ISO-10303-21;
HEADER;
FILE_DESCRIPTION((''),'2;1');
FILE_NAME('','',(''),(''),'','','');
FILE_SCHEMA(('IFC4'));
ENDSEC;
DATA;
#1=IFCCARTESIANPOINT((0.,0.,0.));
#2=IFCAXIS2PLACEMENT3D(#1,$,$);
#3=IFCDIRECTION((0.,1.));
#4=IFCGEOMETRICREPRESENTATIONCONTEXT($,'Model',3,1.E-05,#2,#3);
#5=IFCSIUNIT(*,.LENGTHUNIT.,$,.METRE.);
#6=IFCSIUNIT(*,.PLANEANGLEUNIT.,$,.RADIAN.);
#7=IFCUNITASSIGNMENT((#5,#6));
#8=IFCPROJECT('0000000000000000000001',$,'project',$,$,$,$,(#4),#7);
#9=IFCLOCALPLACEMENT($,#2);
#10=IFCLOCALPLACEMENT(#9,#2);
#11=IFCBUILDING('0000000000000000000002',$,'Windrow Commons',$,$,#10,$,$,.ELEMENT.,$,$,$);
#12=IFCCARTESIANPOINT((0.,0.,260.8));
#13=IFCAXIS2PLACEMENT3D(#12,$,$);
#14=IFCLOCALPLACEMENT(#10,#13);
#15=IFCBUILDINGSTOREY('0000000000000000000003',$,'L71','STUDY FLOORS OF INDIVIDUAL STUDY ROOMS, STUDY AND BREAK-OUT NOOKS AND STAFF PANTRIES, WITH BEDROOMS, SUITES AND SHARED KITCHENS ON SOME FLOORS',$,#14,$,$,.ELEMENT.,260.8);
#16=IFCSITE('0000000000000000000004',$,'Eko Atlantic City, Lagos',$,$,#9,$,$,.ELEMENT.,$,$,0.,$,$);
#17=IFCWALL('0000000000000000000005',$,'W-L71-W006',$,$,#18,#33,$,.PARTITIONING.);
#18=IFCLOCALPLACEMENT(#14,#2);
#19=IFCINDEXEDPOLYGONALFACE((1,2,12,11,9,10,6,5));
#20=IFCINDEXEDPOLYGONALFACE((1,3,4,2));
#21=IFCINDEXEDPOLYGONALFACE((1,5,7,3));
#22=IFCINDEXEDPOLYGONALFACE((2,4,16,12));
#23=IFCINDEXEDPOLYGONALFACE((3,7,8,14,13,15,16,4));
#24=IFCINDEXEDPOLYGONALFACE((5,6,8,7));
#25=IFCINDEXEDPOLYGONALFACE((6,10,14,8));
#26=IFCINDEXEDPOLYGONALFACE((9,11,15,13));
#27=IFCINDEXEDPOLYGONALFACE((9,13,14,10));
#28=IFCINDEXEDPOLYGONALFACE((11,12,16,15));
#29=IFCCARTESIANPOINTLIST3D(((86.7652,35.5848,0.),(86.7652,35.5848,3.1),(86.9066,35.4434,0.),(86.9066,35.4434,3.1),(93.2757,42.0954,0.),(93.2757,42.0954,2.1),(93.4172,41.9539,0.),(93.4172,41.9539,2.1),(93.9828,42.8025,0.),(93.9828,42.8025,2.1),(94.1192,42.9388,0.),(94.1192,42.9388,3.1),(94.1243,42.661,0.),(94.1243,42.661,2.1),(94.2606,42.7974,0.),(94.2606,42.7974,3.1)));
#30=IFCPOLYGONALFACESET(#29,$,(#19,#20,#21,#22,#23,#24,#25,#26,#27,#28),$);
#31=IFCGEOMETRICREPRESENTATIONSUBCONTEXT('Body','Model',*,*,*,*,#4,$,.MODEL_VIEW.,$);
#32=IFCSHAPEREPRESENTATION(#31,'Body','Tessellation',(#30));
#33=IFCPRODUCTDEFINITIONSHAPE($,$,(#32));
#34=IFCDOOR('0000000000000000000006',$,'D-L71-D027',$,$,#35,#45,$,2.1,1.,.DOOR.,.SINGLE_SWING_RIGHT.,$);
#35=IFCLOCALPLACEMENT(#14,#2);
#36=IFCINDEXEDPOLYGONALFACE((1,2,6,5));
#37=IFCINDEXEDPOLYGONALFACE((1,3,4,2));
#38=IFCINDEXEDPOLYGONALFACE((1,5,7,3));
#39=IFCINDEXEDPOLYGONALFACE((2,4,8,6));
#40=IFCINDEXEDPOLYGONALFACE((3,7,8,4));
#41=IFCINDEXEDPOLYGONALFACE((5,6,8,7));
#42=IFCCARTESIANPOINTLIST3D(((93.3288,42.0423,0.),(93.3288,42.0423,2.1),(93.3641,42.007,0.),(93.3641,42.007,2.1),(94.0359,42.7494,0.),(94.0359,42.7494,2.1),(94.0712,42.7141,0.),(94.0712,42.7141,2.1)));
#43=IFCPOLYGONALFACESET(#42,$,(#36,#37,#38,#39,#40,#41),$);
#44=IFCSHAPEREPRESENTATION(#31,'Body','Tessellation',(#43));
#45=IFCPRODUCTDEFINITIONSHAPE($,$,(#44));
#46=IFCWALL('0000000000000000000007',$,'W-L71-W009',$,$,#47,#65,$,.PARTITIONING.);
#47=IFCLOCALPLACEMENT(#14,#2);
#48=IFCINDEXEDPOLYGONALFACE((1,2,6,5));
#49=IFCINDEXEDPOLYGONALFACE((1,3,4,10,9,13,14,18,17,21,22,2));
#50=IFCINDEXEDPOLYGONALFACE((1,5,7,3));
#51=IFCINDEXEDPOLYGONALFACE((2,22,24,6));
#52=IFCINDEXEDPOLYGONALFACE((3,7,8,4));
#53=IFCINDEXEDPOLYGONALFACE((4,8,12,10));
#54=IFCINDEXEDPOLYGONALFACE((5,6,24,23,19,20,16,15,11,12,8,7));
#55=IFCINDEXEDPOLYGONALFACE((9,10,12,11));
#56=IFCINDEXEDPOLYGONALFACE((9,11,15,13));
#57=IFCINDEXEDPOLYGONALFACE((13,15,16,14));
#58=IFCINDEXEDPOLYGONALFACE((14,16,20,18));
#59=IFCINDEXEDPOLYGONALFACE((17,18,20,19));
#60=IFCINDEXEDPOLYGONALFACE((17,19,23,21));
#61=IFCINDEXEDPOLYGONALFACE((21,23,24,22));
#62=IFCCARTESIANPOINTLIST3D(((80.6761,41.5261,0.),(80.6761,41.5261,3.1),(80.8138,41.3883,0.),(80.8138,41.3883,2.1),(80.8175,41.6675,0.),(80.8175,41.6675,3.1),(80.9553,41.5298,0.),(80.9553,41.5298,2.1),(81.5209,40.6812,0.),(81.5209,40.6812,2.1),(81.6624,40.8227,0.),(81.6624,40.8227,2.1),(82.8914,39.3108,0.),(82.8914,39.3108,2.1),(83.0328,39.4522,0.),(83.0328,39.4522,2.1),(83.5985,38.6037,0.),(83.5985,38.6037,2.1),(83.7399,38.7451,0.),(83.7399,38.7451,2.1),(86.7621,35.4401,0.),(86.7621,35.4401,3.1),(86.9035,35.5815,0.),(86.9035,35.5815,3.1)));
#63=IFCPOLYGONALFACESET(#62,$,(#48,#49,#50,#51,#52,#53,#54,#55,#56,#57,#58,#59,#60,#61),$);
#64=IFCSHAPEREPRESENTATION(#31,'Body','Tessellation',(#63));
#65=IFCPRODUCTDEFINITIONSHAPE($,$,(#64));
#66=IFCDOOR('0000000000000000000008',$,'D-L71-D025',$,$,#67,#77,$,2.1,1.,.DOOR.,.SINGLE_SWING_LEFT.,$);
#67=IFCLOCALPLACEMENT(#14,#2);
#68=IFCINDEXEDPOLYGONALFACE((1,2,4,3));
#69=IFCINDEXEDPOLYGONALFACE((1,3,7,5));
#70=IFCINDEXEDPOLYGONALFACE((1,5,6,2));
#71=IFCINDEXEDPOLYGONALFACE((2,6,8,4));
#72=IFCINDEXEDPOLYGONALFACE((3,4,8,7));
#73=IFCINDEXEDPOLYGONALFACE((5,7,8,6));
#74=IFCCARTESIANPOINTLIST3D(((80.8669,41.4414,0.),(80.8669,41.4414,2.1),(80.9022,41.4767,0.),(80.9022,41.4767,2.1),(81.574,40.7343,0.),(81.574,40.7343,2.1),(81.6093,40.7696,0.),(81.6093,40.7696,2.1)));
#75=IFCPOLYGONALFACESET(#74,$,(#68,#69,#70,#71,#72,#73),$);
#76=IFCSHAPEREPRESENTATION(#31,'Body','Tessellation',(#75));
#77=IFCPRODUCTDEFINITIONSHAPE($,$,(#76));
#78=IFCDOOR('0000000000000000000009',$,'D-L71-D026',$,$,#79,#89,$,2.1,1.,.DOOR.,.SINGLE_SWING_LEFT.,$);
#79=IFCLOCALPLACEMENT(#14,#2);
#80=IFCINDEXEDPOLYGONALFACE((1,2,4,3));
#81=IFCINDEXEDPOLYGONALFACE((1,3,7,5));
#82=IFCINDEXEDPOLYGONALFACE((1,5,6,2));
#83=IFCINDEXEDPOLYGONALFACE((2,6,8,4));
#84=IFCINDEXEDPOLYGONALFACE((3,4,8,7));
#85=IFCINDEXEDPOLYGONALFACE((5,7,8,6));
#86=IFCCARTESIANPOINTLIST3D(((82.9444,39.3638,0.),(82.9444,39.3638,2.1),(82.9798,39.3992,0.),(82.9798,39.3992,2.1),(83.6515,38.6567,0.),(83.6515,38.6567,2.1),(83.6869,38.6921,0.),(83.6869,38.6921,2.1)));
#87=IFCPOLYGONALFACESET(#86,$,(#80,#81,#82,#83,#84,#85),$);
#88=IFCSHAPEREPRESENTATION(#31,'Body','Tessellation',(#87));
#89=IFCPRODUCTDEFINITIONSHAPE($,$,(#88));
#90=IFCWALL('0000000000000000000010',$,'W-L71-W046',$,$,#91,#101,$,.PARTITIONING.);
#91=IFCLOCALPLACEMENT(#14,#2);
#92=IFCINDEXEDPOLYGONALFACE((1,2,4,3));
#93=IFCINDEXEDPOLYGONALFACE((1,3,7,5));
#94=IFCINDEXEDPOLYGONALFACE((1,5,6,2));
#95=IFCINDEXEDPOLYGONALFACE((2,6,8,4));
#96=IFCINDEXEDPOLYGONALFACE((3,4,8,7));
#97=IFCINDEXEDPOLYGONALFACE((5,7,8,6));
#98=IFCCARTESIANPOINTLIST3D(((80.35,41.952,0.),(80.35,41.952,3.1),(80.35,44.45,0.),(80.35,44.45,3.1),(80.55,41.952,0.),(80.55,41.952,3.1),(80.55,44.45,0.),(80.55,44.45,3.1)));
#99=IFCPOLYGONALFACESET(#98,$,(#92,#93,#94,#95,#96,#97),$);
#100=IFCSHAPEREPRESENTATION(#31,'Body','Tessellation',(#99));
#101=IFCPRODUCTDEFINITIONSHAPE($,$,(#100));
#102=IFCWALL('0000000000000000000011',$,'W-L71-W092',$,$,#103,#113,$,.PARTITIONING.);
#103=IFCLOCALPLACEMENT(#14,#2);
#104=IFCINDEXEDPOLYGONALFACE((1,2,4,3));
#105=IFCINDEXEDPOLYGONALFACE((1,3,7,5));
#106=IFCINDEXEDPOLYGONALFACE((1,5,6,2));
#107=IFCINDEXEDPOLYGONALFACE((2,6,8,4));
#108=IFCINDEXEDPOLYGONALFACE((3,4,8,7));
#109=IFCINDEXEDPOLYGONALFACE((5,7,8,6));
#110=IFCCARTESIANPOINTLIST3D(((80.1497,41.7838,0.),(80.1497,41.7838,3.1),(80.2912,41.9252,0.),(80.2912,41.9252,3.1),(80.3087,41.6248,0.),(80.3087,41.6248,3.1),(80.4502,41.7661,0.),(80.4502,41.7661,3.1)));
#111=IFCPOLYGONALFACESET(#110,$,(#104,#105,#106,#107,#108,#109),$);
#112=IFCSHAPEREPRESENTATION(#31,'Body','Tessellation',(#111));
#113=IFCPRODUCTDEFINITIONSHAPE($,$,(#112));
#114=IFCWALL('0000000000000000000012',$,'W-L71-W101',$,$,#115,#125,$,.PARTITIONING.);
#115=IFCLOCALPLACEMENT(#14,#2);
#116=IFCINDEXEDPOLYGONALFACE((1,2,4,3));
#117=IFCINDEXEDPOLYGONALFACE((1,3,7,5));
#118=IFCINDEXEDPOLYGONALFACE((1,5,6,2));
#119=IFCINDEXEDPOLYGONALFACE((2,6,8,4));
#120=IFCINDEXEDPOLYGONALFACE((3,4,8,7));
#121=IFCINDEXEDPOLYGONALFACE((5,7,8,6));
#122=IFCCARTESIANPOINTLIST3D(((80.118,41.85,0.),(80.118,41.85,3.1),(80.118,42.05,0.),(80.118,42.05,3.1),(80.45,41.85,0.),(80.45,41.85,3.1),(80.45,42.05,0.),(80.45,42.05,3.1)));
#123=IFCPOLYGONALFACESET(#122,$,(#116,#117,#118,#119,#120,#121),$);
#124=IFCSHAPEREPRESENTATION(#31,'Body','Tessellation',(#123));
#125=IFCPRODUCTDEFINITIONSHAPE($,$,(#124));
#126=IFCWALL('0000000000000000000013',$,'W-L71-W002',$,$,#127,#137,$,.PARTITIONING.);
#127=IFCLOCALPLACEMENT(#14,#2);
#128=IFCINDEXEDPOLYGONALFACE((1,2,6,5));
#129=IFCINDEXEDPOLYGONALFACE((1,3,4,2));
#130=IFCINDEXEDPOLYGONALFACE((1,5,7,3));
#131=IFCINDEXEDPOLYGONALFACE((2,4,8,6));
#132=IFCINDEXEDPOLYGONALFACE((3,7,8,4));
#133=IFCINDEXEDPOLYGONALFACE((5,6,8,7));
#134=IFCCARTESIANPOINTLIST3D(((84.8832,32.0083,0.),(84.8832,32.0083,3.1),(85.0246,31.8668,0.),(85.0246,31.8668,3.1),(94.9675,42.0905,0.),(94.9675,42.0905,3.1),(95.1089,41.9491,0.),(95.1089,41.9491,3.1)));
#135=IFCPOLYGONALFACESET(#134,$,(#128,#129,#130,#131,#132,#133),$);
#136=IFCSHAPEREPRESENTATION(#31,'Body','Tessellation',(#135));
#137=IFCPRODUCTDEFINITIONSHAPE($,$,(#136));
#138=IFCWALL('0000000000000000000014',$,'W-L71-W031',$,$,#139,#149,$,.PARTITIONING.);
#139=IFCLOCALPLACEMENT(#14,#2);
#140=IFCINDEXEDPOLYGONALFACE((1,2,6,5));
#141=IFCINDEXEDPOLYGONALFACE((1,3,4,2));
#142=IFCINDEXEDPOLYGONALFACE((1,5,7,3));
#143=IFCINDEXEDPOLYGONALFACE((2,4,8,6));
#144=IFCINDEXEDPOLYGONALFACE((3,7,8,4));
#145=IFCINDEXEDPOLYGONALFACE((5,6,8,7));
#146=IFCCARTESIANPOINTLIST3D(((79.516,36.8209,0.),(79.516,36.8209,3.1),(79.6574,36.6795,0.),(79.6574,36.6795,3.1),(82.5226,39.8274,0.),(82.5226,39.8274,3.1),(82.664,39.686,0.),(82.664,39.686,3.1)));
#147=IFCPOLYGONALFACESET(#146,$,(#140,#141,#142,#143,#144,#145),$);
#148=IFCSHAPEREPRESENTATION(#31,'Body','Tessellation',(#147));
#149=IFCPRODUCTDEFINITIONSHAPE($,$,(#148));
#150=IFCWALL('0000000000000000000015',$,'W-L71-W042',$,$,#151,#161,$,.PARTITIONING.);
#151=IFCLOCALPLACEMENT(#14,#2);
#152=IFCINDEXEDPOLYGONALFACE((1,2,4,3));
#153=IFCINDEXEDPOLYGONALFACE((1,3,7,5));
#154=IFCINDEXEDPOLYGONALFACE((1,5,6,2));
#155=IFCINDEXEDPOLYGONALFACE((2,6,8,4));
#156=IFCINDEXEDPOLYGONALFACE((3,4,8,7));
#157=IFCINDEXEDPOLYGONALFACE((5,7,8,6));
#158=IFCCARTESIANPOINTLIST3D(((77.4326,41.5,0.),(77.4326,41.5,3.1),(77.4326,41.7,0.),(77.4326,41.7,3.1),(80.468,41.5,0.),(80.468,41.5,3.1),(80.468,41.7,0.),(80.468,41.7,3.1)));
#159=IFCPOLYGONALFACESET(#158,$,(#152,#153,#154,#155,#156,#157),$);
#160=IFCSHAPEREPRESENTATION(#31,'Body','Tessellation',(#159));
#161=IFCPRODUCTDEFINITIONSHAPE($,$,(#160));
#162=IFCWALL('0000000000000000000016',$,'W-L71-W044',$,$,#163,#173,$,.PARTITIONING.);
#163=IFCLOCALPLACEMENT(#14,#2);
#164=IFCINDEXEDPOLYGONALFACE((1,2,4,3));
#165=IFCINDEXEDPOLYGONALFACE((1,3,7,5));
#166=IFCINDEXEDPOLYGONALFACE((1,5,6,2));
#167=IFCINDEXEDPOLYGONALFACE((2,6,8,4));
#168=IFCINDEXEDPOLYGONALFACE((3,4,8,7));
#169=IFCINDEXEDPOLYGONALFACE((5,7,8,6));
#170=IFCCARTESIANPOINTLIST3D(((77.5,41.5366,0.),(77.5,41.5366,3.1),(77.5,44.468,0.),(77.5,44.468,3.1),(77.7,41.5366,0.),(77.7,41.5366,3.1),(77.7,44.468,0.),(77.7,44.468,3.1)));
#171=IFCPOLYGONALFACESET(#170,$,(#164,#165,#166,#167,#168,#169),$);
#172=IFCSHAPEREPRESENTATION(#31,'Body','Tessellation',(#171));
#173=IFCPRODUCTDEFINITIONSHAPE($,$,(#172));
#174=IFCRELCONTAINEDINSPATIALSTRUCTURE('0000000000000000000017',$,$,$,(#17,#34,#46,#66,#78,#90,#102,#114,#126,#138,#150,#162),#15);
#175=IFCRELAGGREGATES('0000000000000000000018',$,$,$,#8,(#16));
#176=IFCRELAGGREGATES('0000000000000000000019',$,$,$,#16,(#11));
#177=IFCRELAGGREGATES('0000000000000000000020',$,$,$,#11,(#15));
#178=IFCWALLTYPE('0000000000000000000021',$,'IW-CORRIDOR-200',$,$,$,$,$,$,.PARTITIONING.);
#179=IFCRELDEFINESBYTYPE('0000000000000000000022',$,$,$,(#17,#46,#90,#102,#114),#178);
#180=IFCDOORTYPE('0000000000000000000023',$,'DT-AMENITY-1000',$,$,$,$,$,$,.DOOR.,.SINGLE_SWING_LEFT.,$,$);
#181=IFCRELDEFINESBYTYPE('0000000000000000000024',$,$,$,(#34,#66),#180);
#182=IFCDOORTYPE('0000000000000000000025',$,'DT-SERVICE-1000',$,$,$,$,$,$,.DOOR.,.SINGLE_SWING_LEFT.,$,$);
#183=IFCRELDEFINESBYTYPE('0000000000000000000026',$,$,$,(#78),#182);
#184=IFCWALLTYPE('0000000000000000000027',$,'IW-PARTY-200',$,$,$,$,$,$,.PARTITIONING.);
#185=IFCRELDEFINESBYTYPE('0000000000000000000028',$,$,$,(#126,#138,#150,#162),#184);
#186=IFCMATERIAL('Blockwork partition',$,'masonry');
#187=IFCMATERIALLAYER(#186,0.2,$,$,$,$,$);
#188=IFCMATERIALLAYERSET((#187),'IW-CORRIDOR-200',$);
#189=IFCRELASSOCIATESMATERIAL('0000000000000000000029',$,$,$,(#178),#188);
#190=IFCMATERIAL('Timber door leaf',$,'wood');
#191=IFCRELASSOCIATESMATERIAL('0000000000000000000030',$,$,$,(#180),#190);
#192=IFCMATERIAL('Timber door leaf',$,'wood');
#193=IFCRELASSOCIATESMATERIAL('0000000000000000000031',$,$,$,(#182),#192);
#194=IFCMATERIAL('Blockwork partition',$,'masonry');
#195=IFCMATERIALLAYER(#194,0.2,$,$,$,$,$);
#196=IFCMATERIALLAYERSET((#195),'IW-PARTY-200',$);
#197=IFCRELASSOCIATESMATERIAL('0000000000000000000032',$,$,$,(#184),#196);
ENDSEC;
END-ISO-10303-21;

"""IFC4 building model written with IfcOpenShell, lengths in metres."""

from ifc_helpers import new_model, si_unit, direction, frame, frame_2d, origin, place, context, subcontext, project, spatial, rectangle, extrude, material, layer, layer_set, type_object, element, fill, save


model = new_model("IFC4")

# Units and contexts
model_context = context("Model", 3, precision=1e-05, world=origin(), true_north=direction((0.0, 1.0)))
body_context = subcontext(model_context, "Body", "Model", "MODEL_VIEW")
ifc_project = project(units=[si_unit("LENGTHUNIT", "METRE"), si_unit("PLANEANGLEUNIT", "RADIAN")], contexts=[model_context])

# Site, building, storey
site_placement = place(None, origin())
site = spatial("IfcSite", under=ifc_project, at=site_placement, Name="Eko Atlantic City, Lagos", CompositionType="ELEMENT", RefElevation=0.0)
building_placement = place(site_placement, origin())
building = spatial("IfcBuilding", under=site, at=building_placement, Name="Windrow Commons", CompositionType="ELEMENT")
storey_placement = place(building_placement, frame((0.0, 0.0, 260.8)))
storey = spatial("IfcBuildingStorey", under=building, at=storey_placement, Name="L71", Description="STUDY FLOORS OF INDIVIDUAL STUDY ROOMS, STUDY AND BREAK-OUT NOOKS AND STAFF PANTRIES, WITH BEDROOMS, SUITES AND SHARED KITCHENS ON SOME FLOORS", CompositionType="ELEMENT", Elevation=260.8)

# Wall, opening, door
ifc_material_1 = material(Name="Blockwork partition", Category="masonry")
ifc_layer_1 = layer(ifc_material_1, 0.2)
ifc_layer_set_1 = layer_set([ifc_layer_1], Name="IW-CORRIDOR-200")
wall_type_1 = type_object("IfcWallType", Name="IW-CORRIDOR-200", PredefinedType="PARTITIONING", material=ifc_layer_set_1)
wall_1_placement = place(storey_placement, frame((86.8359, 35.5141, 0.0), z_axis=(0.0, 0.0, 1.0), x_axis=(0.707107, 0.707107, 0.0)))
wall_1 = element("IfcWall", 1, at=wall_1_placement, inside=storey, type_object=wall_type_1, Name="W-L71-W006", PredefinedType="PARTITIONING", context=body_context, shape_type="SweptSolid", body=[
    extrude(rectangle(XDim=10.4001, YDim=0.2, at=frame_2d((5.2001, 0.0))), origin(), (0.0, 0.0, 1.0), 3.1),
])
opening_1_placement = place(wall_1_placement, frame((9.2073, 0.0, 0.0)))
opening_1 = element("IfcOpeningElement", 2, at=opening_1_placement, cuts=wall_1, PredefinedType="OPENING", context=body_context, shape_type="SweptSolid", body=[
    extrude(rectangle(XDim=1.0, YDim=2.1, at=frame_2d((0.5, 1.05))), frame((0.0, 0.11, 0.0), z_axis=(0.0, -1.0, 0.0), x_axis=(1.0, 0.0, 0.0)), (0.0, 0.0, 1.0), 0.22),
])
ifc_material_2 = material(Name="Timber door leaf", Category="wood")
door_type_1 = type_object("IfcDoorType", Name="DT-AMENITY-1000", OperationType="SINGLE_SWING_LEFT", PredefinedType="DOOR", material=ifc_material_2)
door_1_placement = place(opening_1_placement, origin())
door_1 = element("IfcDoor", 3, at=door_1_placement, inside=storey, type_object=door_type_1, Name="D-L71-D027", OperationType="SINGLE_SWING_RIGHT", OverallHeight=2.1, OverallWidth=1.0, PredefinedType="DOOR", context=body_context, shape_type="SweptSolid", body=[
    extrude(rectangle(XDim=1.0, YDim=2.1, at=frame_2d((0.5, 1.05))), frame((0.0, 0.025, 0.0), z_axis=(0.0, -1.0, 0.0), x_axis=(1.0, 0.0, 0.0)), (0.0, 0.0, 1.0), 0.05),
])
fill(opening_1, door_1)

# Wall, openings, doors
wall_2_placement = place(storey_placement, frame((80.7468, 41.5968, 0.0), z_axis=(0.0, 0.0, 1.0), x_axis=(0.707107, -0.707107, 0.0)))
wall_2 = element("IfcWall", 4, at=wall_2_placement, inside=storey, type_object=wall_type_1, Name="W-L71-W009", PredefinedType="PARTITIONING", context=body_context, shape_type="SweptSolid", body=[
    extrude(rectangle(XDim=8.6069, YDim=0.2, at=frame_2d((4.3034, 0.0))), origin(), (0.0, 0.0, 1.0), 3.1),
])
opening_2_placement = place(wall_2_placement, frame((0.1948, 0.0, 0.0)))
opening_2 = element("IfcOpeningElement", 5, at=opening_2_placement, cuts=wall_2, PredefinedType="OPENING", context=body_context, shape_type="SweptSolid", body=[
    extrude(rectangle(XDim=1.0, YDim=2.1, at=frame_2d((0.5, 1.05))), frame((0.0, 0.11, 0.0), z_axis=(0.0, -1.0, 0.0), x_axis=(1.0, 0.0, 0.0)), (0.0, 0.0, 1.0), 0.22),
])
opening_3_placement = place(wall_2_placement, frame((3.1329, 0.0, 0.0)))
opening_3 = element("IfcOpeningElement", 6, at=opening_3_placement, cuts=wall_2, PredefinedType="OPENING", context=body_context, shape_type="SweptSolid", body=[
    extrude(rectangle(XDim=1.0, YDim=2.1, at=frame_2d((0.5, 1.05))), frame((0.0, 0.11, 0.0), z_axis=(0.0, -1.0, 0.0), x_axis=(1.0, 0.0, 0.0)), (0.0, 0.0, 1.0), 0.22),
])
door_2_placement = place(opening_2_placement, origin())
door_2 = element("IfcDoor", 7, at=door_2_placement, inside=storey, type_object=door_type_1, Name="D-L71-D025", OperationType="SINGLE_SWING_LEFT", OverallHeight=2.1, OverallWidth=1.0, PredefinedType="DOOR", context=body_context, shape_type="SweptSolid", body=[
    extrude(rectangle(XDim=1.0, YDim=2.1, at=frame_2d((0.5, 1.05))), frame((0.0, 0.025, 0.0), z_axis=(0.0, -1.0, 0.0), x_axis=(1.0, 0.0, 0.0)), (0.0, 0.0, 1.0), 0.05),
])
fill(opening_2, door_2)
ifc_material_3 = material(Name="Timber door leaf", Category="wood")
door_type_2 = type_object("IfcDoorType", Name="DT-SERVICE-1000", OperationType="SINGLE_SWING_LEFT", PredefinedType="DOOR", material=ifc_material_3)
door_3_placement = place(opening_3_placement, origin())
door_3 = element("IfcDoor", 8, at=door_3_placement, inside=storey, type_object=door_type_2, Name="D-L71-D026", OperationType="SINGLE_SWING_LEFT", OverallHeight=2.1, OverallWidth=1.0, PredefinedType="DOOR", context=body_context, shape_type="SweptSolid", body=[
    extrude(rectangle(XDim=1.0, YDim=2.1, at=frame_2d((0.5, 1.05))), frame((0.0, 0.025, 0.0), z_axis=(0.0, -1.0, 0.0), x_axis=(1.0, 0.0, 0.0)), (0.0, 0.0, 1.0), 0.05),
])
fill(opening_3, door_3)

# Walls
wall_3_placement = place(storey_placement, frame((80.45, 41.952, 0.0), z_axis=(0.0, 0.0, 1.0), x_axis=(0.0, 1.0, 0.0)))
element("IfcWall", 9, at=wall_3_placement, inside=storey, type_object=wall_type_1, Name="W-L71-W046", PredefinedType="PARTITIONING", context=body_context, shape_type="SweptSolid", body=[
    extrude(rectangle(XDim=2.498, YDim=0.2, at=frame_2d((1.249, 0.0))), origin(), (0.0, 0.0, 1.0), 3.1),
])
wall_4_placement = place(storey_placement, frame((80.2205, 41.8545, 0.0), z_axis=(0.0, 0.0, 1.0), x_axis=(0.706884, -0.707329, 0.0)))
element("IfcWall", 10, at=wall_4_placement, inside=storey, type_object=wall_type_1, Name="W-L71-W092", PredefinedType="PARTITIONING", context=body_context, shape_type="SweptSolid", body=[
    extrude(rectangle(XDim=0.2249, YDim=0.2, at=frame_2d((0.1124, 0.0))), origin(), (0.0, 0.0, 1.0), 3.1),
])
wall_5_placement = place(storey_placement, frame((80.118, 41.95, 0.0), z_axis=(0.0, 0.0, 1.0), x_axis=(1.0, 0.0, 0.0)))
element("IfcWall", 11, at=wall_5_placement, inside=storey, type_object=wall_type_1, Name="W-L71-W101", PredefinedType="PARTITIONING", context=body_context, shape_type="SweptSolid", body=[
    extrude(rectangle(XDim=0.332, YDim=0.2, at=frame_2d((0.166, 0.0))), origin(), (0.0, 0.0, 1.0), 3.1),
])
ifc_material_4 = material(Name="Blockwork partition", Category="masonry")
ifc_layer_2 = layer(ifc_material_4, 0.2)
ifc_layer_set_2 = layer_set([ifc_layer_2], Name="IW-PARTY-200")
wall_type_2 = type_object("IfcWallType", Name="IW-PARTY-200", PredefinedType="PARTITIONING", material=ifc_layer_set_2)
wall_6_placement = place(storey_placement, frame((84.9539, 31.9375, 0.0), z_axis=(0.0, 0.0, 1.0), x_axis=(0.707177, 0.707037, 0.0)))
element("IfcWall", 12, at=wall_6_placement, inside=storey, type_object=wall_type_2, Name="W-L71-W002", PredefinedType="PARTITIONING", context=body_context, shape_type="SweptSolid", body=[
    extrude(rectangle(XDim=14.2599, YDim=0.2, at=frame_2d((7.13, 0.0))), origin(), (0.0, 0.0, 1.0), 3.1),
])
wall_7_placement = place(storey_placement, frame((79.5867, 36.7502, 0.0), z_axis=(0.0, 0.0, 1.0), x_axis=(0.707119, 0.707095, 0.0)))
element("IfcWall", 13, at=wall_7_placement, inside=storey, type_object=wall_type_2, Name="W-L71-W031", PredefinedType="PARTITIONING", context=body_context, shape_type="SweptSolid", body=[
    extrude(rectangle(XDim=4.2519, YDim=0.2, at=frame_2d((2.126, 0.0))), origin(), (0.0, 0.0, 1.0), 3.1),
])
wall_8_placement = place(storey_placement, frame((77.4326, 41.6, 0.0), z_axis=(0.0, 0.0, 1.0), x_axis=(1.0, 0.0, 0.0)))
element("IfcWall", 14, at=wall_8_placement, inside=storey, type_object=wall_type_2, Name="W-L71-W042", PredefinedType="PARTITIONING", context=body_context, shape_type="SweptSolid", body=[
    extrude(rectangle(XDim=3.0354, YDim=0.2, at=frame_2d((1.5177, 0.0))), origin(), (0.0, 0.0, 1.0), 3.1),
])
wall_9_placement = place(storey_placement, frame((77.6, 41.5365, 0.0), z_axis=(0.0, 0.0, 1.0), x_axis=(0.0, 1.0, 0.0)))
element("IfcWall", 15, at=wall_9_placement, inside=storey, type_object=wall_type_2, Name="W-L71-W044", PredefinedType="PARTITIONING", context=body_context, shape_type="SweptSolid", body=[
    extrude(rectangle(XDim=2.9315, YDim=0.2, at=frame_2d((1.4658, 0.0))), origin(), (0.0, 0.0, 1.0), 3.1),
])

save(model, "model.ifc")
